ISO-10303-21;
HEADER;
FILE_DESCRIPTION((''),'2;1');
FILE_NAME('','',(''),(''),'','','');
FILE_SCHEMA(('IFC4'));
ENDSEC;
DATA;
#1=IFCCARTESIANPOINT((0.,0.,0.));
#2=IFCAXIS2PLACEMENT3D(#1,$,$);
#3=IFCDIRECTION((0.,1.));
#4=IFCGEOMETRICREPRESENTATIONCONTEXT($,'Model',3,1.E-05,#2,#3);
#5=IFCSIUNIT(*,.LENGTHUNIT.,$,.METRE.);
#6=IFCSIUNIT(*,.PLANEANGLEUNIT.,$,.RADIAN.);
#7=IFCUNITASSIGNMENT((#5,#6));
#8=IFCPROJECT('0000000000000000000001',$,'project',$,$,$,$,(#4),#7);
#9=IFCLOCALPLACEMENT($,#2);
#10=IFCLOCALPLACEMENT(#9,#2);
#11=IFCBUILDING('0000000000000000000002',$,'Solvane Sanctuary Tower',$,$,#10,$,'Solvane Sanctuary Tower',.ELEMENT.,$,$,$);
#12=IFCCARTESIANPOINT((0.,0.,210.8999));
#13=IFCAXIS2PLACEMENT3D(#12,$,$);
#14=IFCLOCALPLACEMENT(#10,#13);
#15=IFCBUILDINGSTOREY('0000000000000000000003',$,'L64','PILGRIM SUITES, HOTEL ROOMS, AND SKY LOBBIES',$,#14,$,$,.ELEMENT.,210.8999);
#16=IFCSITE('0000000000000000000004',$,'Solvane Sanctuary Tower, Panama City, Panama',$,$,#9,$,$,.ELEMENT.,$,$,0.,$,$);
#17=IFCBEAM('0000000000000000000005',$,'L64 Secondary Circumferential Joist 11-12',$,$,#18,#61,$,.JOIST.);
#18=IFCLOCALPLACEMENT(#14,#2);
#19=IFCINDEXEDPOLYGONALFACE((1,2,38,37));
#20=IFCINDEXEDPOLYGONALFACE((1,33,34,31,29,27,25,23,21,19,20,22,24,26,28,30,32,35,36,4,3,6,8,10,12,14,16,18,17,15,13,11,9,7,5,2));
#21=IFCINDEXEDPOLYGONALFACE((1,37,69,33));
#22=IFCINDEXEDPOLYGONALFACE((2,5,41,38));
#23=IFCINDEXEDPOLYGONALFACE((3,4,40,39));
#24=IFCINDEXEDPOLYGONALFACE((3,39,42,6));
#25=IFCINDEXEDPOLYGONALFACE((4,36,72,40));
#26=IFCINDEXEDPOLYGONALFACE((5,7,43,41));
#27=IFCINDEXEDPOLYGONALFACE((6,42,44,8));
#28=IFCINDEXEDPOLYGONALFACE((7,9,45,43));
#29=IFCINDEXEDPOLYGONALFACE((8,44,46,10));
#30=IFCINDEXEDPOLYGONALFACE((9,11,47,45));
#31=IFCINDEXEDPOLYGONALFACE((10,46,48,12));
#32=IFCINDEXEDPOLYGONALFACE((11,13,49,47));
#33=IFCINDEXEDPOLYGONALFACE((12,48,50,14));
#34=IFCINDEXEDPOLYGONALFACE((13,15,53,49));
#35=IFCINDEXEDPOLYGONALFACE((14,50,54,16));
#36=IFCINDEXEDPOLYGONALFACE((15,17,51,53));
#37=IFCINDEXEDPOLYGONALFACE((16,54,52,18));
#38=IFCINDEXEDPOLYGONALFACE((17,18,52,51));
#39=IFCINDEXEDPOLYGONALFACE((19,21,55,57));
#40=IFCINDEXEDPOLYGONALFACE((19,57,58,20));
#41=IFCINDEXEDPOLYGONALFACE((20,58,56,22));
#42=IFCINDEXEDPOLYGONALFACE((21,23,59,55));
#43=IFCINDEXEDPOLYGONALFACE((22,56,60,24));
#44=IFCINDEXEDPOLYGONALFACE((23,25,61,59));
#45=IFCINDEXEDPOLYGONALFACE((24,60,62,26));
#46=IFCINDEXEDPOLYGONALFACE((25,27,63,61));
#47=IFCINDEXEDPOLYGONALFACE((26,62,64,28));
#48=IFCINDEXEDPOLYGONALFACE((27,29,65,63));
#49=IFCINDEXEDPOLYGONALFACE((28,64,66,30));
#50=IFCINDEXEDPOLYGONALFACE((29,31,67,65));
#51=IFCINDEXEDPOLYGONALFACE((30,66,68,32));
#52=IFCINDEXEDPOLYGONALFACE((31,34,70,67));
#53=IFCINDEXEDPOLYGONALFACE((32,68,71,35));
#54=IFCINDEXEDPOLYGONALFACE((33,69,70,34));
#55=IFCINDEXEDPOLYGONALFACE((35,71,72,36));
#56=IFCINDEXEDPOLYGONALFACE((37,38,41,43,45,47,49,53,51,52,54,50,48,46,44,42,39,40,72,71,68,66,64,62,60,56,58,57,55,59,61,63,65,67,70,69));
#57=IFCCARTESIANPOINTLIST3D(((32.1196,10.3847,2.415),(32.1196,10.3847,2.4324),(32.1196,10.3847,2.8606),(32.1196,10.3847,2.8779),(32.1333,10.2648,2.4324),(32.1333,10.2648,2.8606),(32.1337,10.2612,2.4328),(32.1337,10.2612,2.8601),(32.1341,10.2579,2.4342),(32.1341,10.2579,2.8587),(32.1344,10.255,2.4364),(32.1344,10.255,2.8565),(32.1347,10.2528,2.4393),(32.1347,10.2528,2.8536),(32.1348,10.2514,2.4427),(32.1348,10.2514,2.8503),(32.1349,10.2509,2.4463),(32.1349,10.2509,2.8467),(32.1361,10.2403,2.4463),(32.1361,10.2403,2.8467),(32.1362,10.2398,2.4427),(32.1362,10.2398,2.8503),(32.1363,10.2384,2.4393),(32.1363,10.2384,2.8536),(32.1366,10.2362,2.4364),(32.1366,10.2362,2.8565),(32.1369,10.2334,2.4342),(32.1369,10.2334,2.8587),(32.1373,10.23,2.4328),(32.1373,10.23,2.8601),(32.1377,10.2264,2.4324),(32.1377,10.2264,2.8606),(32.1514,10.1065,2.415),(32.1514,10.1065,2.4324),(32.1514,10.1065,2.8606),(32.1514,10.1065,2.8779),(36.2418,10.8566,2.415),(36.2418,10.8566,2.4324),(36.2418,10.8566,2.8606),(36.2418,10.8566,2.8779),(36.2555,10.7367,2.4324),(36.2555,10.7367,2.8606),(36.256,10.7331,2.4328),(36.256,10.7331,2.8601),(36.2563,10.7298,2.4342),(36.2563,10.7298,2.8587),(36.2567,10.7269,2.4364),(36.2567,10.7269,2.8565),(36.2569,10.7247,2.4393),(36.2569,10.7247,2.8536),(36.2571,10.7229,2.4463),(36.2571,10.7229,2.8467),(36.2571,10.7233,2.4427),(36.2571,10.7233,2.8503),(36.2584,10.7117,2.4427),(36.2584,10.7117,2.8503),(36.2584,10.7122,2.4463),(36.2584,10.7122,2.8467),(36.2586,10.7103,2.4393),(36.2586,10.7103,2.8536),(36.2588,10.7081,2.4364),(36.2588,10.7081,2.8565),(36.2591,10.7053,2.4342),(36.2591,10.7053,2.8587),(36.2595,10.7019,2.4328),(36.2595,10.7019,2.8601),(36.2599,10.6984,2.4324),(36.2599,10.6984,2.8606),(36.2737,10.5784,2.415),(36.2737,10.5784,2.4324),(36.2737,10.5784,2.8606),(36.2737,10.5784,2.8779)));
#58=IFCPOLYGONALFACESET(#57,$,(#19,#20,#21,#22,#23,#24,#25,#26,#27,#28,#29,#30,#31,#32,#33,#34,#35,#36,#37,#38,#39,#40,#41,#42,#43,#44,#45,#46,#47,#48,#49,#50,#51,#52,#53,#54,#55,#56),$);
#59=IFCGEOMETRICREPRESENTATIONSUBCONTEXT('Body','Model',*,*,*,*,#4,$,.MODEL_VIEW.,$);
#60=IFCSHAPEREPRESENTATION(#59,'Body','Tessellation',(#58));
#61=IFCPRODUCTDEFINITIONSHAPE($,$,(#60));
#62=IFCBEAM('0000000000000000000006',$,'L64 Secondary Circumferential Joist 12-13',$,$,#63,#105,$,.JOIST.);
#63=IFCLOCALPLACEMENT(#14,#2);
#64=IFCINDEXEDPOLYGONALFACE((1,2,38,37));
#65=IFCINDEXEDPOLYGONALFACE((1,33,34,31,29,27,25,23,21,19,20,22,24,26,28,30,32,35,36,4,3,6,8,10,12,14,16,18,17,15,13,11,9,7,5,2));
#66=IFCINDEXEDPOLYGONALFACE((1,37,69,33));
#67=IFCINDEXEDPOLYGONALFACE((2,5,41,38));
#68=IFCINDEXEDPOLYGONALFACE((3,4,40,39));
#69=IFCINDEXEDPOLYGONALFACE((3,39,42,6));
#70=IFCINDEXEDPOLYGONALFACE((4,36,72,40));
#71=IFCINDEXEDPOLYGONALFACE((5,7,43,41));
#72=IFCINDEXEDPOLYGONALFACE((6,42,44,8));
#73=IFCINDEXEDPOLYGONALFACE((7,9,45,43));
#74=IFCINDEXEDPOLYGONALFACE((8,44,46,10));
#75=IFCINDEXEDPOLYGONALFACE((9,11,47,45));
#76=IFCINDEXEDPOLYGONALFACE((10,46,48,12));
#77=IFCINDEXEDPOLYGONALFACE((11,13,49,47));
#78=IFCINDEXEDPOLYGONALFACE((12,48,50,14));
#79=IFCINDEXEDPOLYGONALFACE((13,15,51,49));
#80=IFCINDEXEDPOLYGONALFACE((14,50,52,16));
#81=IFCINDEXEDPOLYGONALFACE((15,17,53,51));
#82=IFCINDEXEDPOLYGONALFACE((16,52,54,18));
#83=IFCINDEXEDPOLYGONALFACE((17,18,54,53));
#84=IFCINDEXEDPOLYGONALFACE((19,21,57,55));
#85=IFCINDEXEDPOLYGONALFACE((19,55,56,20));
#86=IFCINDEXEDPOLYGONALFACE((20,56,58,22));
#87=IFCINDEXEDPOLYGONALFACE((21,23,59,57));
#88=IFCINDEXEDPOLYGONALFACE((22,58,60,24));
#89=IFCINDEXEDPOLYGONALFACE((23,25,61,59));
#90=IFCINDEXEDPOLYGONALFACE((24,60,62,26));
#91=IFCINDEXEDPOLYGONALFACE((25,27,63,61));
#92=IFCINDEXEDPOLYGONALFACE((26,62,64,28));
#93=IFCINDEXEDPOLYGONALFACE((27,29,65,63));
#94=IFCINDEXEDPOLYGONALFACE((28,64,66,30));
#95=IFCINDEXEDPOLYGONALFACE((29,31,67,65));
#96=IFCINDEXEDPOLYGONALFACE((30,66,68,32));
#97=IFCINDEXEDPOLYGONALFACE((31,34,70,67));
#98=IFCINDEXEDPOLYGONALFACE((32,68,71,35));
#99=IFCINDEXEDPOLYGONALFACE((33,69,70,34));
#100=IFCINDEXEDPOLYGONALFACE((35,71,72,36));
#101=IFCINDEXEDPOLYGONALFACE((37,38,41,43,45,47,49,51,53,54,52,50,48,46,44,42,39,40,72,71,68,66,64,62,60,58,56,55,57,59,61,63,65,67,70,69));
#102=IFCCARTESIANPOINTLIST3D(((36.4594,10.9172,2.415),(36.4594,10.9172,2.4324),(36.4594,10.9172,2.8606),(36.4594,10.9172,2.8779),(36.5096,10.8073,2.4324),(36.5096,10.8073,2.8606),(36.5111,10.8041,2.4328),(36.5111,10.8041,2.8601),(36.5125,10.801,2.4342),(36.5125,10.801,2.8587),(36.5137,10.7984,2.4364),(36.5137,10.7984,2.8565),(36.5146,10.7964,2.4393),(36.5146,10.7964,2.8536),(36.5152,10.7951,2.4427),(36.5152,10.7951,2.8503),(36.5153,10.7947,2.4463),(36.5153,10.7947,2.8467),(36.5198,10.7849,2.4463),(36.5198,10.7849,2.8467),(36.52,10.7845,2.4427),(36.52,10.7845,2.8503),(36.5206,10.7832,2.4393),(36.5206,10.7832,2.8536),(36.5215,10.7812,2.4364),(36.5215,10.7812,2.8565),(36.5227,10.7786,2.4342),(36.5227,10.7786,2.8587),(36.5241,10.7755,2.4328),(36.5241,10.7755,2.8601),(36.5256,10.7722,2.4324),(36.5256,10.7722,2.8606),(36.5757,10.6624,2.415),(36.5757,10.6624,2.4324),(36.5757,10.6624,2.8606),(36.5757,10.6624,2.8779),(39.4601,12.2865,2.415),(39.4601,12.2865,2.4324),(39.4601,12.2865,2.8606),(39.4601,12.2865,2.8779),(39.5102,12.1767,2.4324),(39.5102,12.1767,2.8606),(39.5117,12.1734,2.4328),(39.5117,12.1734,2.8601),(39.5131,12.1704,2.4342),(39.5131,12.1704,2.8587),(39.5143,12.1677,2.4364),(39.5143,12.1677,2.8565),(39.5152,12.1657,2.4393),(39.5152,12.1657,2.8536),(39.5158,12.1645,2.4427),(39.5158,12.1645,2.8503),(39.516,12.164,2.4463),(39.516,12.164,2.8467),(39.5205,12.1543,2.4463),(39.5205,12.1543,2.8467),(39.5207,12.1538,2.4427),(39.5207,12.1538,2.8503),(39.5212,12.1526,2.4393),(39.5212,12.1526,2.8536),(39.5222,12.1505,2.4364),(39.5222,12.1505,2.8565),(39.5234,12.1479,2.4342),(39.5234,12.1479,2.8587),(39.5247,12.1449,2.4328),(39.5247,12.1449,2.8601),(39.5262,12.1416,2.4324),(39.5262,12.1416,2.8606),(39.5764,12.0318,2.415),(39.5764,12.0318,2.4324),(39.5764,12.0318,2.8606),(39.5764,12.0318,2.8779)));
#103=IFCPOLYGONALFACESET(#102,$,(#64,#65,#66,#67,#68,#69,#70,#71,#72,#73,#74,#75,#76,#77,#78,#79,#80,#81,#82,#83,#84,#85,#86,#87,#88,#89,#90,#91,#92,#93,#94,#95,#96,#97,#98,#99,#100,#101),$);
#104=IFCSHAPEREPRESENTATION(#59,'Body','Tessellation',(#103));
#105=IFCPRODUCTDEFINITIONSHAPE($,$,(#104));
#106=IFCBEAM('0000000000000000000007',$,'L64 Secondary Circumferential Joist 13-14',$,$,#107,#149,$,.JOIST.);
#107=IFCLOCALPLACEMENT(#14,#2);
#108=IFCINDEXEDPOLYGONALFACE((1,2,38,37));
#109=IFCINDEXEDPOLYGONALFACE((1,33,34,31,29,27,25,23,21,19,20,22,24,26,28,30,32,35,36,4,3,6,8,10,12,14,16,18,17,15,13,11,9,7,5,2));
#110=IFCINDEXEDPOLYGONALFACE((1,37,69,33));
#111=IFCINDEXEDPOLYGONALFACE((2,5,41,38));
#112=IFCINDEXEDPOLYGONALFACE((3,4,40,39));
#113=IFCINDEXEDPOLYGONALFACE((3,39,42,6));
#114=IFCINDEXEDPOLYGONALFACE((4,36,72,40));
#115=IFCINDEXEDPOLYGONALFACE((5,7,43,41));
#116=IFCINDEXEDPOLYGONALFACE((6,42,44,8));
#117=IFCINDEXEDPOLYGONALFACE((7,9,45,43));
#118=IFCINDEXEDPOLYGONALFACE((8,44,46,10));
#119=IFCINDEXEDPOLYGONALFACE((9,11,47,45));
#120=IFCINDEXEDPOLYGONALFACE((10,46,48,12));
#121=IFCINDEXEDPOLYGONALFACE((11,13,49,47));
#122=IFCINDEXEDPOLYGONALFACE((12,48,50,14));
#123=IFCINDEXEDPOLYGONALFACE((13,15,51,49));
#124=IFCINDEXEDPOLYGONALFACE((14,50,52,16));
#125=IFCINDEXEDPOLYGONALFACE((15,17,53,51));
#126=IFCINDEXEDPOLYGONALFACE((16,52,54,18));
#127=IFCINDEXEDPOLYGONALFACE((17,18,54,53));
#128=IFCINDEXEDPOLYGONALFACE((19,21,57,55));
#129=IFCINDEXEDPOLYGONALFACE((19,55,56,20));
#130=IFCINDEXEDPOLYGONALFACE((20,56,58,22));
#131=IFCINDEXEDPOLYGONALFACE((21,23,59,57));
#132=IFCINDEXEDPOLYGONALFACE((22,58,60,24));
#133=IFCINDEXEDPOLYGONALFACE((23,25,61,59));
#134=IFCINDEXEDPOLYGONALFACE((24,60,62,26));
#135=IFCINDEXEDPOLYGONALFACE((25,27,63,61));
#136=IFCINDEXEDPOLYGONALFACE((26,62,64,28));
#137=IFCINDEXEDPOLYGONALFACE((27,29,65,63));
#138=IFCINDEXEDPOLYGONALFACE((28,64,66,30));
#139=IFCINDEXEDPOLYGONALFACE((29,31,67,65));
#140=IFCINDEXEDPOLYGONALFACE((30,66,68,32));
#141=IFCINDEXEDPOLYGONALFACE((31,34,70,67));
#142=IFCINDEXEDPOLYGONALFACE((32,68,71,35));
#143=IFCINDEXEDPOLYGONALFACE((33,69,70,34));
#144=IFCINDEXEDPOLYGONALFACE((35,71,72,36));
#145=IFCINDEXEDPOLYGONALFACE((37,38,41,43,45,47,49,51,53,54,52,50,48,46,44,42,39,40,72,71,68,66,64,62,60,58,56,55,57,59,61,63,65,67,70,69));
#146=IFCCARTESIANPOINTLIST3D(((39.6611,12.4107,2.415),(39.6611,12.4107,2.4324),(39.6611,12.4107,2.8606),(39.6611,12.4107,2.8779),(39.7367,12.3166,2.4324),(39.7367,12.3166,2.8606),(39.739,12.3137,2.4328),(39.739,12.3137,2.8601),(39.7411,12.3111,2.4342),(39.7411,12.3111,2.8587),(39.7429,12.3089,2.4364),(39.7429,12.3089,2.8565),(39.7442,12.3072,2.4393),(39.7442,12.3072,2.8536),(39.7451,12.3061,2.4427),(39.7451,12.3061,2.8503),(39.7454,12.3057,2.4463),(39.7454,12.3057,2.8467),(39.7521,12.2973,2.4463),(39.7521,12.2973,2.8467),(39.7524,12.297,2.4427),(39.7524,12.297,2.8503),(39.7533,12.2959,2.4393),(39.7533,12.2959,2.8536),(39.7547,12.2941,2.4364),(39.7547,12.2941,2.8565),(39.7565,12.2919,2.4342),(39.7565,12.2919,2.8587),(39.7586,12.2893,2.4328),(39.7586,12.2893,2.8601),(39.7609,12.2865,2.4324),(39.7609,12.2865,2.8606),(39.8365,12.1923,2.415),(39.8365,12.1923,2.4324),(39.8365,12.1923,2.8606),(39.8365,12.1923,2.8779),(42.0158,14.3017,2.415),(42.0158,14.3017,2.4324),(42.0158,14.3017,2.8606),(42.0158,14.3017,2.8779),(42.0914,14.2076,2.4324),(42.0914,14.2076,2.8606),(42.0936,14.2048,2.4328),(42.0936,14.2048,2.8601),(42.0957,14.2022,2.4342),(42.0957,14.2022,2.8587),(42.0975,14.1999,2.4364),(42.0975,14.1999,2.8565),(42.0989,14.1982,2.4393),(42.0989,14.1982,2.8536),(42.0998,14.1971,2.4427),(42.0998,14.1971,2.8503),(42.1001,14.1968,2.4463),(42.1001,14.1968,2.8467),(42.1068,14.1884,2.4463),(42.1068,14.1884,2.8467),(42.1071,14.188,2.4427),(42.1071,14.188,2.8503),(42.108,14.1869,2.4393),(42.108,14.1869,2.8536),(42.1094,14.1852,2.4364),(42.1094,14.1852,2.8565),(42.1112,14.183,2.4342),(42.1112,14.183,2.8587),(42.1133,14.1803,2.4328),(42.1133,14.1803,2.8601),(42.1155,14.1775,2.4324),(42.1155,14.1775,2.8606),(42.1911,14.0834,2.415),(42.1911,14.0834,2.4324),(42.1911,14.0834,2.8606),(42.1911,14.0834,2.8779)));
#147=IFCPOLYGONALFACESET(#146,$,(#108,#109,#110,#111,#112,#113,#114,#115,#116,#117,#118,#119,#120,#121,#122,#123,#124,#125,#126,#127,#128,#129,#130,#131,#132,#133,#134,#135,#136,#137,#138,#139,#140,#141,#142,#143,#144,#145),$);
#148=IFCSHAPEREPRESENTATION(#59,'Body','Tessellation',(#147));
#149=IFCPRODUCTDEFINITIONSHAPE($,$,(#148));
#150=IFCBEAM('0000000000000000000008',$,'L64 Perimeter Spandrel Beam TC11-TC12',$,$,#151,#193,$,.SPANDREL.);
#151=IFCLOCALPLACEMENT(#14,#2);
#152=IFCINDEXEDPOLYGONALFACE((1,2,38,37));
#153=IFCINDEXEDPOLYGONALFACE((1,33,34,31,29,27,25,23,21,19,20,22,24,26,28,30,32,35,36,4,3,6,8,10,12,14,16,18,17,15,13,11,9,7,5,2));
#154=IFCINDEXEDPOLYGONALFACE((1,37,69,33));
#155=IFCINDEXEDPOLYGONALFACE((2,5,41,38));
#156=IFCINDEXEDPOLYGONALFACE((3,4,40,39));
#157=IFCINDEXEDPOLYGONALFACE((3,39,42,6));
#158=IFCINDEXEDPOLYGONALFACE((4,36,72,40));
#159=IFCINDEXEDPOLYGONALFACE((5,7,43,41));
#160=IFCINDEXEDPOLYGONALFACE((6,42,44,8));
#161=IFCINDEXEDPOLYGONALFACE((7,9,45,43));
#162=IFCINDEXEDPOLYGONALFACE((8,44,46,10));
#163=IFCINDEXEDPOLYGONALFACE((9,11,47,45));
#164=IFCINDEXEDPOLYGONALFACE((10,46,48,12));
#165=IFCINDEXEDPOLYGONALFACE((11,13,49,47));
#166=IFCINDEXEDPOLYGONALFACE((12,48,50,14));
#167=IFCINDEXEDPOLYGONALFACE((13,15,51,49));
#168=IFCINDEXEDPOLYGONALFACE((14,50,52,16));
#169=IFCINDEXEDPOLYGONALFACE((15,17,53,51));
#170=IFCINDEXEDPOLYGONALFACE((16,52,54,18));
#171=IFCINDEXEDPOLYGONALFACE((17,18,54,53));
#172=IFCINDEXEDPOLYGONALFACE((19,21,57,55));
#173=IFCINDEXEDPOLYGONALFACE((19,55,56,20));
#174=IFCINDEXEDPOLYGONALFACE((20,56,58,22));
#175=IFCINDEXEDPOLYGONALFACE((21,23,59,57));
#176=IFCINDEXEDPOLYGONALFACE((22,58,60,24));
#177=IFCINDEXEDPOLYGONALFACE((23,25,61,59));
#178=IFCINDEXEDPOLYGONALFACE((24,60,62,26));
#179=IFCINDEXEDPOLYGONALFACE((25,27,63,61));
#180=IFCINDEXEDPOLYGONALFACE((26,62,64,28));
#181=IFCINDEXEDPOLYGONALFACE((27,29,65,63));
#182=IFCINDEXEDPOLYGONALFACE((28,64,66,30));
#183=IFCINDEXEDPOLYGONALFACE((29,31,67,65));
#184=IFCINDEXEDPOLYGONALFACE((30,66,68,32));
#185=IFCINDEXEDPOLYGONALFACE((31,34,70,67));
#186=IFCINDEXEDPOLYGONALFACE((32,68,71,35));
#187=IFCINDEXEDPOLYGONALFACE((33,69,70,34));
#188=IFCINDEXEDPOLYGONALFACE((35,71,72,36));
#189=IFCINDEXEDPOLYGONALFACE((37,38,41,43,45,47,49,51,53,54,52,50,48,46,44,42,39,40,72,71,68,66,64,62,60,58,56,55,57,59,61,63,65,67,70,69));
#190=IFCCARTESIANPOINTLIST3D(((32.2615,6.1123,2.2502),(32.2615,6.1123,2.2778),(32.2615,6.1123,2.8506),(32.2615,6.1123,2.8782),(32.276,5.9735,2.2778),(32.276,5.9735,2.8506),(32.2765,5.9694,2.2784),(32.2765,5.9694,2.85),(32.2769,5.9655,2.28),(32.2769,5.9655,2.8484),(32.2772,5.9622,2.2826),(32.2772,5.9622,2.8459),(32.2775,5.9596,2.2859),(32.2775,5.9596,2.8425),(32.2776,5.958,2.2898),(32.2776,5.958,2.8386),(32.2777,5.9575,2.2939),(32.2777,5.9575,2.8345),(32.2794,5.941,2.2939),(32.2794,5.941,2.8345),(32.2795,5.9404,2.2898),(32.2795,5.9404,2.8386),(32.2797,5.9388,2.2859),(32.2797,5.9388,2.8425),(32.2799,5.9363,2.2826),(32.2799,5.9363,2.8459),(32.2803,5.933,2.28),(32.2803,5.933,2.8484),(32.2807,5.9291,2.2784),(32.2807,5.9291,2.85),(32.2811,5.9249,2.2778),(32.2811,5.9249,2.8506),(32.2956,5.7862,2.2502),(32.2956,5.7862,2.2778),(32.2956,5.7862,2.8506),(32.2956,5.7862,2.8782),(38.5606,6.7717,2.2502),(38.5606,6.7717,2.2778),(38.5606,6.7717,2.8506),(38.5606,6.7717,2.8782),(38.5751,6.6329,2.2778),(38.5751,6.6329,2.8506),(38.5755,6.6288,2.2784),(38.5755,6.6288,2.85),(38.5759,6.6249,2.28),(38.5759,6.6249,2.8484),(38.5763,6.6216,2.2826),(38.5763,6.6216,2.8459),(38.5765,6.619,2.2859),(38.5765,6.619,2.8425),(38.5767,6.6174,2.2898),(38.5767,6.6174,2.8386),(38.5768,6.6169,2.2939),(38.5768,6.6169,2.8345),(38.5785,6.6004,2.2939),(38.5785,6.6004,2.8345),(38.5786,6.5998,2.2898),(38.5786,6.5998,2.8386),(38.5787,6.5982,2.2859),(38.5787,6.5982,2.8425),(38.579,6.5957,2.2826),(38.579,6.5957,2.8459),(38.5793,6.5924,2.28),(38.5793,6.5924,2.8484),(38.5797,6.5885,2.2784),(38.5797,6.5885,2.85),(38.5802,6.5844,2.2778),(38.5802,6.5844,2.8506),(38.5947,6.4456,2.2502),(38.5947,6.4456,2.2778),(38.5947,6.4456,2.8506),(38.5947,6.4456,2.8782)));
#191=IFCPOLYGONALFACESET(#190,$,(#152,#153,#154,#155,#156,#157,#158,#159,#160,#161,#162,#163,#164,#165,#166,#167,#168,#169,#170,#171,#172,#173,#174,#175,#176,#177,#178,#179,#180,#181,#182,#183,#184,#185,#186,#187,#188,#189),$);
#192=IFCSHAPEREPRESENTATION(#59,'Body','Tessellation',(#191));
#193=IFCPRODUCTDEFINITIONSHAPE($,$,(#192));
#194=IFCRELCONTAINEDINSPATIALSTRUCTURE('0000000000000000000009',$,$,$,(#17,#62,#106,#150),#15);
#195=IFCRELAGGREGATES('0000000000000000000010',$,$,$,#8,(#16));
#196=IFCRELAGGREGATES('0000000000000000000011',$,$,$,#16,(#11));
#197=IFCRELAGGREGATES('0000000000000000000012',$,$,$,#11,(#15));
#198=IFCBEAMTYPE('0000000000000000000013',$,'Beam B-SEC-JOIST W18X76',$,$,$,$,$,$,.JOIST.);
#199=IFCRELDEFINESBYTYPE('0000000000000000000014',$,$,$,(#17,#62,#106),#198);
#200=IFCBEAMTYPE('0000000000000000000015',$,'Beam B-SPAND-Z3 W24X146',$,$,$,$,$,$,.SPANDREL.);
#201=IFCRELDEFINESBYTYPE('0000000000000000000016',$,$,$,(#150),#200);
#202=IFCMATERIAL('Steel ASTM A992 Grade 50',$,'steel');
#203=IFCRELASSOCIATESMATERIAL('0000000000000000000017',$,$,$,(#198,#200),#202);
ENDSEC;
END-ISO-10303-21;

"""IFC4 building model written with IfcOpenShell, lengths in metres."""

from ifc_helpers import new_model, si_unit, direction, frame, origin, origin_2d, place, context, subcontext, project, spatial, i_section, extrude, material, material_profile, profile_set, type_object, element, save


model = new_model("IFC4")

# Units and contexts
model_context = context("Model", 3, precision=1e-05, world=origin(), true_north=direction((0.0, 1.0)))
body_context = subcontext(model_context, "Body", "Model", "MODEL_VIEW")
ifc_project = project(units=[si_unit("LENGTHUNIT", "METRE"), si_unit("PLANEANGLEUNIT", "RADIAN")], contexts=[model_context])

# Site, building, storey
site_placement = place(None, origin())
site = spatial("IfcSite", under=ifc_project, at=site_placement, Name="Solvane Sanctuary Tower, Panama City, Panama", CompositionType="ELEMENT", RefElevation=0.0)
building_placement = place(site_placement, origin())
building = spatial("IfcBuilding", under=site, at=building_placement, Name="Solvane Sanctuary Tower", LongName="Solvane Sanctuary Tower", CompositionType="ELEMENT")
storey_placement = place(building_placement, frame((0.0, 0.0, 210.8999)))
storey = spatial("IfcBuildingStorey", under=building, at=storey_placement, Name="L64", Description="PILGRIM SUITES, HOTEL ROOMS, AND SKY LOBBIES", CompositionType="ELEMENT", Elevation=210.8999)

# Beams
ifc_material_1 = material(Name="Steel ASTM A992 Grade 50", Category="steel")
ifc_material_profile_1 = material_profile(ifc_material_1, i_section(OverallWidth=0.28, OverallDepth=0.4629, WebThickness=0.0107, FlangeThickness=0.0173, FilletRadius=0.0139, at=origin_2d()), Name="W18X76")
ifc_profile_set_1 = profile_set([ifc_material_profile_1], Name="Steel ASTM A992 Grade 50")
beam_type_1 = type_object("IfcBeamType", Name="Beam B-SEC-JOIST W18X76", PredefinedType="JOIST", material=ifc_profile_set_1)
beam_1_placement = place(storey_placement, frame((32.1355, 10.2456, 2.6465), z_axis=(0.993511, 0.113737, 0.0), x_axis=(-0.113737, 0.993511, 0.0)))
element("IfcBeam", 1, at=beam_1_placement, inside=storey, type_object=beam_type_1, Name="L64 Secondary Circumferential Joist 11-12", PredefinedType="JOIST", context=body_context, shape_type="SweptSolid", body=[
    extrude(i_section(OverallWidth=0.28, OverallDepth=0.4629, WebThickness=0.0107, FlangeThickness=0.0173, FilletRadius=0.0139, at=origin_2d()), origin(), (0.0, 0.0, 1.0), 4.1492),
])
beam_2_placement = place(storey_placement, frame((36.5176, 10.7898, 2.6465), z_axis=(0.909747, 0.415163, 0.0), x_axis=(-0.415163, 0.909747, 0.0)))
element("IfcBeam", 2, at=beam_2_placement, inside=storey, type_object=beam_type_1, Name="L64 Secondary Circumferential Joist 12-13", PredefinedType="JOIST", context=body_context, shape_type="SweptSolid", body=[
    extrude(i_section(OverallWidth=0.28, OverallDepth=0.4629, WebThickness=0.0107, FlangeThickness=0.0173, FilletRadius=0.0139, at=origin_2d()), origin(), (0.0, 0.0, 1.0), 3.2983),
])
beam_3_placement = place(storey_placement, frame((39.7488, 12.3015, 2.6465), z_axis=(0.779684, 0.626173, 0.0), x_axis=(-0.626173, 0.779684, 0.0)))
element("IfcBeam", 3, at=beam_3_placement, inside=storey, type_object=beam_type_1, Name="L64 Secondary Circumferential Joist 13-14", PredefinedType="JOIST", context=body_context, shape_type="SweptSolid", body=[
    extrude(i_section(OverallWidth=0.28, OverallDepth=0.4629, WebThickness=0.0107, FlangeThickness=0.0173, FilletRadius=0.0139, at=origin_2d()), origin(), (0.0, 0.0, 1.0), 3.02),
])
ifc_material_profile_2 = material_profile(ifc_material_1, i_section(OverallWidth=0.3279, OverallDepth=0.6279, WebThickness=0.0166, FlangeThickness=0.0276, FilletRadius=0.0161, at=origin_2d()), Name="W24X146")
ifc_profile_set_2 = profile_set([ifc_material_profile_2], Name="Steel ASTM A992 Grade 50")
beam_type_2 = type_object("IfcBeamType", Name="Beam B-SPAND-Z3 W24X146", PredefinedType="SPANDREL", material=ifc_profile_set_2)
beam_4_placement = place(storey_placement, frame((32.2786, 5.9492, 2.5642), z_axis=(0.994565, 0.104117, 0.0), x_axis=(-0.104117, 0.994565, 0.0)))
element("IfcBeam", 4, at=beam_4_placement, inside=storey, type_object=beam_type_2, Name="L64 Perimeter Spandrel Beam TC11-TC12", PredefinedType="SPANDREL", context=body_context, shape_type="SweptSolid", body=[
    extrude(i_section(OverallWidth=0.3279, OverallDepth=0.6279, WebThickness=0.0166, FlangeThickness=0.0276, FilletRadius=0.0161, at=origin_2d()), origin(), (0.0, 0.0, 1.0), 6.3335),
])

save(model, "model.ifc")
